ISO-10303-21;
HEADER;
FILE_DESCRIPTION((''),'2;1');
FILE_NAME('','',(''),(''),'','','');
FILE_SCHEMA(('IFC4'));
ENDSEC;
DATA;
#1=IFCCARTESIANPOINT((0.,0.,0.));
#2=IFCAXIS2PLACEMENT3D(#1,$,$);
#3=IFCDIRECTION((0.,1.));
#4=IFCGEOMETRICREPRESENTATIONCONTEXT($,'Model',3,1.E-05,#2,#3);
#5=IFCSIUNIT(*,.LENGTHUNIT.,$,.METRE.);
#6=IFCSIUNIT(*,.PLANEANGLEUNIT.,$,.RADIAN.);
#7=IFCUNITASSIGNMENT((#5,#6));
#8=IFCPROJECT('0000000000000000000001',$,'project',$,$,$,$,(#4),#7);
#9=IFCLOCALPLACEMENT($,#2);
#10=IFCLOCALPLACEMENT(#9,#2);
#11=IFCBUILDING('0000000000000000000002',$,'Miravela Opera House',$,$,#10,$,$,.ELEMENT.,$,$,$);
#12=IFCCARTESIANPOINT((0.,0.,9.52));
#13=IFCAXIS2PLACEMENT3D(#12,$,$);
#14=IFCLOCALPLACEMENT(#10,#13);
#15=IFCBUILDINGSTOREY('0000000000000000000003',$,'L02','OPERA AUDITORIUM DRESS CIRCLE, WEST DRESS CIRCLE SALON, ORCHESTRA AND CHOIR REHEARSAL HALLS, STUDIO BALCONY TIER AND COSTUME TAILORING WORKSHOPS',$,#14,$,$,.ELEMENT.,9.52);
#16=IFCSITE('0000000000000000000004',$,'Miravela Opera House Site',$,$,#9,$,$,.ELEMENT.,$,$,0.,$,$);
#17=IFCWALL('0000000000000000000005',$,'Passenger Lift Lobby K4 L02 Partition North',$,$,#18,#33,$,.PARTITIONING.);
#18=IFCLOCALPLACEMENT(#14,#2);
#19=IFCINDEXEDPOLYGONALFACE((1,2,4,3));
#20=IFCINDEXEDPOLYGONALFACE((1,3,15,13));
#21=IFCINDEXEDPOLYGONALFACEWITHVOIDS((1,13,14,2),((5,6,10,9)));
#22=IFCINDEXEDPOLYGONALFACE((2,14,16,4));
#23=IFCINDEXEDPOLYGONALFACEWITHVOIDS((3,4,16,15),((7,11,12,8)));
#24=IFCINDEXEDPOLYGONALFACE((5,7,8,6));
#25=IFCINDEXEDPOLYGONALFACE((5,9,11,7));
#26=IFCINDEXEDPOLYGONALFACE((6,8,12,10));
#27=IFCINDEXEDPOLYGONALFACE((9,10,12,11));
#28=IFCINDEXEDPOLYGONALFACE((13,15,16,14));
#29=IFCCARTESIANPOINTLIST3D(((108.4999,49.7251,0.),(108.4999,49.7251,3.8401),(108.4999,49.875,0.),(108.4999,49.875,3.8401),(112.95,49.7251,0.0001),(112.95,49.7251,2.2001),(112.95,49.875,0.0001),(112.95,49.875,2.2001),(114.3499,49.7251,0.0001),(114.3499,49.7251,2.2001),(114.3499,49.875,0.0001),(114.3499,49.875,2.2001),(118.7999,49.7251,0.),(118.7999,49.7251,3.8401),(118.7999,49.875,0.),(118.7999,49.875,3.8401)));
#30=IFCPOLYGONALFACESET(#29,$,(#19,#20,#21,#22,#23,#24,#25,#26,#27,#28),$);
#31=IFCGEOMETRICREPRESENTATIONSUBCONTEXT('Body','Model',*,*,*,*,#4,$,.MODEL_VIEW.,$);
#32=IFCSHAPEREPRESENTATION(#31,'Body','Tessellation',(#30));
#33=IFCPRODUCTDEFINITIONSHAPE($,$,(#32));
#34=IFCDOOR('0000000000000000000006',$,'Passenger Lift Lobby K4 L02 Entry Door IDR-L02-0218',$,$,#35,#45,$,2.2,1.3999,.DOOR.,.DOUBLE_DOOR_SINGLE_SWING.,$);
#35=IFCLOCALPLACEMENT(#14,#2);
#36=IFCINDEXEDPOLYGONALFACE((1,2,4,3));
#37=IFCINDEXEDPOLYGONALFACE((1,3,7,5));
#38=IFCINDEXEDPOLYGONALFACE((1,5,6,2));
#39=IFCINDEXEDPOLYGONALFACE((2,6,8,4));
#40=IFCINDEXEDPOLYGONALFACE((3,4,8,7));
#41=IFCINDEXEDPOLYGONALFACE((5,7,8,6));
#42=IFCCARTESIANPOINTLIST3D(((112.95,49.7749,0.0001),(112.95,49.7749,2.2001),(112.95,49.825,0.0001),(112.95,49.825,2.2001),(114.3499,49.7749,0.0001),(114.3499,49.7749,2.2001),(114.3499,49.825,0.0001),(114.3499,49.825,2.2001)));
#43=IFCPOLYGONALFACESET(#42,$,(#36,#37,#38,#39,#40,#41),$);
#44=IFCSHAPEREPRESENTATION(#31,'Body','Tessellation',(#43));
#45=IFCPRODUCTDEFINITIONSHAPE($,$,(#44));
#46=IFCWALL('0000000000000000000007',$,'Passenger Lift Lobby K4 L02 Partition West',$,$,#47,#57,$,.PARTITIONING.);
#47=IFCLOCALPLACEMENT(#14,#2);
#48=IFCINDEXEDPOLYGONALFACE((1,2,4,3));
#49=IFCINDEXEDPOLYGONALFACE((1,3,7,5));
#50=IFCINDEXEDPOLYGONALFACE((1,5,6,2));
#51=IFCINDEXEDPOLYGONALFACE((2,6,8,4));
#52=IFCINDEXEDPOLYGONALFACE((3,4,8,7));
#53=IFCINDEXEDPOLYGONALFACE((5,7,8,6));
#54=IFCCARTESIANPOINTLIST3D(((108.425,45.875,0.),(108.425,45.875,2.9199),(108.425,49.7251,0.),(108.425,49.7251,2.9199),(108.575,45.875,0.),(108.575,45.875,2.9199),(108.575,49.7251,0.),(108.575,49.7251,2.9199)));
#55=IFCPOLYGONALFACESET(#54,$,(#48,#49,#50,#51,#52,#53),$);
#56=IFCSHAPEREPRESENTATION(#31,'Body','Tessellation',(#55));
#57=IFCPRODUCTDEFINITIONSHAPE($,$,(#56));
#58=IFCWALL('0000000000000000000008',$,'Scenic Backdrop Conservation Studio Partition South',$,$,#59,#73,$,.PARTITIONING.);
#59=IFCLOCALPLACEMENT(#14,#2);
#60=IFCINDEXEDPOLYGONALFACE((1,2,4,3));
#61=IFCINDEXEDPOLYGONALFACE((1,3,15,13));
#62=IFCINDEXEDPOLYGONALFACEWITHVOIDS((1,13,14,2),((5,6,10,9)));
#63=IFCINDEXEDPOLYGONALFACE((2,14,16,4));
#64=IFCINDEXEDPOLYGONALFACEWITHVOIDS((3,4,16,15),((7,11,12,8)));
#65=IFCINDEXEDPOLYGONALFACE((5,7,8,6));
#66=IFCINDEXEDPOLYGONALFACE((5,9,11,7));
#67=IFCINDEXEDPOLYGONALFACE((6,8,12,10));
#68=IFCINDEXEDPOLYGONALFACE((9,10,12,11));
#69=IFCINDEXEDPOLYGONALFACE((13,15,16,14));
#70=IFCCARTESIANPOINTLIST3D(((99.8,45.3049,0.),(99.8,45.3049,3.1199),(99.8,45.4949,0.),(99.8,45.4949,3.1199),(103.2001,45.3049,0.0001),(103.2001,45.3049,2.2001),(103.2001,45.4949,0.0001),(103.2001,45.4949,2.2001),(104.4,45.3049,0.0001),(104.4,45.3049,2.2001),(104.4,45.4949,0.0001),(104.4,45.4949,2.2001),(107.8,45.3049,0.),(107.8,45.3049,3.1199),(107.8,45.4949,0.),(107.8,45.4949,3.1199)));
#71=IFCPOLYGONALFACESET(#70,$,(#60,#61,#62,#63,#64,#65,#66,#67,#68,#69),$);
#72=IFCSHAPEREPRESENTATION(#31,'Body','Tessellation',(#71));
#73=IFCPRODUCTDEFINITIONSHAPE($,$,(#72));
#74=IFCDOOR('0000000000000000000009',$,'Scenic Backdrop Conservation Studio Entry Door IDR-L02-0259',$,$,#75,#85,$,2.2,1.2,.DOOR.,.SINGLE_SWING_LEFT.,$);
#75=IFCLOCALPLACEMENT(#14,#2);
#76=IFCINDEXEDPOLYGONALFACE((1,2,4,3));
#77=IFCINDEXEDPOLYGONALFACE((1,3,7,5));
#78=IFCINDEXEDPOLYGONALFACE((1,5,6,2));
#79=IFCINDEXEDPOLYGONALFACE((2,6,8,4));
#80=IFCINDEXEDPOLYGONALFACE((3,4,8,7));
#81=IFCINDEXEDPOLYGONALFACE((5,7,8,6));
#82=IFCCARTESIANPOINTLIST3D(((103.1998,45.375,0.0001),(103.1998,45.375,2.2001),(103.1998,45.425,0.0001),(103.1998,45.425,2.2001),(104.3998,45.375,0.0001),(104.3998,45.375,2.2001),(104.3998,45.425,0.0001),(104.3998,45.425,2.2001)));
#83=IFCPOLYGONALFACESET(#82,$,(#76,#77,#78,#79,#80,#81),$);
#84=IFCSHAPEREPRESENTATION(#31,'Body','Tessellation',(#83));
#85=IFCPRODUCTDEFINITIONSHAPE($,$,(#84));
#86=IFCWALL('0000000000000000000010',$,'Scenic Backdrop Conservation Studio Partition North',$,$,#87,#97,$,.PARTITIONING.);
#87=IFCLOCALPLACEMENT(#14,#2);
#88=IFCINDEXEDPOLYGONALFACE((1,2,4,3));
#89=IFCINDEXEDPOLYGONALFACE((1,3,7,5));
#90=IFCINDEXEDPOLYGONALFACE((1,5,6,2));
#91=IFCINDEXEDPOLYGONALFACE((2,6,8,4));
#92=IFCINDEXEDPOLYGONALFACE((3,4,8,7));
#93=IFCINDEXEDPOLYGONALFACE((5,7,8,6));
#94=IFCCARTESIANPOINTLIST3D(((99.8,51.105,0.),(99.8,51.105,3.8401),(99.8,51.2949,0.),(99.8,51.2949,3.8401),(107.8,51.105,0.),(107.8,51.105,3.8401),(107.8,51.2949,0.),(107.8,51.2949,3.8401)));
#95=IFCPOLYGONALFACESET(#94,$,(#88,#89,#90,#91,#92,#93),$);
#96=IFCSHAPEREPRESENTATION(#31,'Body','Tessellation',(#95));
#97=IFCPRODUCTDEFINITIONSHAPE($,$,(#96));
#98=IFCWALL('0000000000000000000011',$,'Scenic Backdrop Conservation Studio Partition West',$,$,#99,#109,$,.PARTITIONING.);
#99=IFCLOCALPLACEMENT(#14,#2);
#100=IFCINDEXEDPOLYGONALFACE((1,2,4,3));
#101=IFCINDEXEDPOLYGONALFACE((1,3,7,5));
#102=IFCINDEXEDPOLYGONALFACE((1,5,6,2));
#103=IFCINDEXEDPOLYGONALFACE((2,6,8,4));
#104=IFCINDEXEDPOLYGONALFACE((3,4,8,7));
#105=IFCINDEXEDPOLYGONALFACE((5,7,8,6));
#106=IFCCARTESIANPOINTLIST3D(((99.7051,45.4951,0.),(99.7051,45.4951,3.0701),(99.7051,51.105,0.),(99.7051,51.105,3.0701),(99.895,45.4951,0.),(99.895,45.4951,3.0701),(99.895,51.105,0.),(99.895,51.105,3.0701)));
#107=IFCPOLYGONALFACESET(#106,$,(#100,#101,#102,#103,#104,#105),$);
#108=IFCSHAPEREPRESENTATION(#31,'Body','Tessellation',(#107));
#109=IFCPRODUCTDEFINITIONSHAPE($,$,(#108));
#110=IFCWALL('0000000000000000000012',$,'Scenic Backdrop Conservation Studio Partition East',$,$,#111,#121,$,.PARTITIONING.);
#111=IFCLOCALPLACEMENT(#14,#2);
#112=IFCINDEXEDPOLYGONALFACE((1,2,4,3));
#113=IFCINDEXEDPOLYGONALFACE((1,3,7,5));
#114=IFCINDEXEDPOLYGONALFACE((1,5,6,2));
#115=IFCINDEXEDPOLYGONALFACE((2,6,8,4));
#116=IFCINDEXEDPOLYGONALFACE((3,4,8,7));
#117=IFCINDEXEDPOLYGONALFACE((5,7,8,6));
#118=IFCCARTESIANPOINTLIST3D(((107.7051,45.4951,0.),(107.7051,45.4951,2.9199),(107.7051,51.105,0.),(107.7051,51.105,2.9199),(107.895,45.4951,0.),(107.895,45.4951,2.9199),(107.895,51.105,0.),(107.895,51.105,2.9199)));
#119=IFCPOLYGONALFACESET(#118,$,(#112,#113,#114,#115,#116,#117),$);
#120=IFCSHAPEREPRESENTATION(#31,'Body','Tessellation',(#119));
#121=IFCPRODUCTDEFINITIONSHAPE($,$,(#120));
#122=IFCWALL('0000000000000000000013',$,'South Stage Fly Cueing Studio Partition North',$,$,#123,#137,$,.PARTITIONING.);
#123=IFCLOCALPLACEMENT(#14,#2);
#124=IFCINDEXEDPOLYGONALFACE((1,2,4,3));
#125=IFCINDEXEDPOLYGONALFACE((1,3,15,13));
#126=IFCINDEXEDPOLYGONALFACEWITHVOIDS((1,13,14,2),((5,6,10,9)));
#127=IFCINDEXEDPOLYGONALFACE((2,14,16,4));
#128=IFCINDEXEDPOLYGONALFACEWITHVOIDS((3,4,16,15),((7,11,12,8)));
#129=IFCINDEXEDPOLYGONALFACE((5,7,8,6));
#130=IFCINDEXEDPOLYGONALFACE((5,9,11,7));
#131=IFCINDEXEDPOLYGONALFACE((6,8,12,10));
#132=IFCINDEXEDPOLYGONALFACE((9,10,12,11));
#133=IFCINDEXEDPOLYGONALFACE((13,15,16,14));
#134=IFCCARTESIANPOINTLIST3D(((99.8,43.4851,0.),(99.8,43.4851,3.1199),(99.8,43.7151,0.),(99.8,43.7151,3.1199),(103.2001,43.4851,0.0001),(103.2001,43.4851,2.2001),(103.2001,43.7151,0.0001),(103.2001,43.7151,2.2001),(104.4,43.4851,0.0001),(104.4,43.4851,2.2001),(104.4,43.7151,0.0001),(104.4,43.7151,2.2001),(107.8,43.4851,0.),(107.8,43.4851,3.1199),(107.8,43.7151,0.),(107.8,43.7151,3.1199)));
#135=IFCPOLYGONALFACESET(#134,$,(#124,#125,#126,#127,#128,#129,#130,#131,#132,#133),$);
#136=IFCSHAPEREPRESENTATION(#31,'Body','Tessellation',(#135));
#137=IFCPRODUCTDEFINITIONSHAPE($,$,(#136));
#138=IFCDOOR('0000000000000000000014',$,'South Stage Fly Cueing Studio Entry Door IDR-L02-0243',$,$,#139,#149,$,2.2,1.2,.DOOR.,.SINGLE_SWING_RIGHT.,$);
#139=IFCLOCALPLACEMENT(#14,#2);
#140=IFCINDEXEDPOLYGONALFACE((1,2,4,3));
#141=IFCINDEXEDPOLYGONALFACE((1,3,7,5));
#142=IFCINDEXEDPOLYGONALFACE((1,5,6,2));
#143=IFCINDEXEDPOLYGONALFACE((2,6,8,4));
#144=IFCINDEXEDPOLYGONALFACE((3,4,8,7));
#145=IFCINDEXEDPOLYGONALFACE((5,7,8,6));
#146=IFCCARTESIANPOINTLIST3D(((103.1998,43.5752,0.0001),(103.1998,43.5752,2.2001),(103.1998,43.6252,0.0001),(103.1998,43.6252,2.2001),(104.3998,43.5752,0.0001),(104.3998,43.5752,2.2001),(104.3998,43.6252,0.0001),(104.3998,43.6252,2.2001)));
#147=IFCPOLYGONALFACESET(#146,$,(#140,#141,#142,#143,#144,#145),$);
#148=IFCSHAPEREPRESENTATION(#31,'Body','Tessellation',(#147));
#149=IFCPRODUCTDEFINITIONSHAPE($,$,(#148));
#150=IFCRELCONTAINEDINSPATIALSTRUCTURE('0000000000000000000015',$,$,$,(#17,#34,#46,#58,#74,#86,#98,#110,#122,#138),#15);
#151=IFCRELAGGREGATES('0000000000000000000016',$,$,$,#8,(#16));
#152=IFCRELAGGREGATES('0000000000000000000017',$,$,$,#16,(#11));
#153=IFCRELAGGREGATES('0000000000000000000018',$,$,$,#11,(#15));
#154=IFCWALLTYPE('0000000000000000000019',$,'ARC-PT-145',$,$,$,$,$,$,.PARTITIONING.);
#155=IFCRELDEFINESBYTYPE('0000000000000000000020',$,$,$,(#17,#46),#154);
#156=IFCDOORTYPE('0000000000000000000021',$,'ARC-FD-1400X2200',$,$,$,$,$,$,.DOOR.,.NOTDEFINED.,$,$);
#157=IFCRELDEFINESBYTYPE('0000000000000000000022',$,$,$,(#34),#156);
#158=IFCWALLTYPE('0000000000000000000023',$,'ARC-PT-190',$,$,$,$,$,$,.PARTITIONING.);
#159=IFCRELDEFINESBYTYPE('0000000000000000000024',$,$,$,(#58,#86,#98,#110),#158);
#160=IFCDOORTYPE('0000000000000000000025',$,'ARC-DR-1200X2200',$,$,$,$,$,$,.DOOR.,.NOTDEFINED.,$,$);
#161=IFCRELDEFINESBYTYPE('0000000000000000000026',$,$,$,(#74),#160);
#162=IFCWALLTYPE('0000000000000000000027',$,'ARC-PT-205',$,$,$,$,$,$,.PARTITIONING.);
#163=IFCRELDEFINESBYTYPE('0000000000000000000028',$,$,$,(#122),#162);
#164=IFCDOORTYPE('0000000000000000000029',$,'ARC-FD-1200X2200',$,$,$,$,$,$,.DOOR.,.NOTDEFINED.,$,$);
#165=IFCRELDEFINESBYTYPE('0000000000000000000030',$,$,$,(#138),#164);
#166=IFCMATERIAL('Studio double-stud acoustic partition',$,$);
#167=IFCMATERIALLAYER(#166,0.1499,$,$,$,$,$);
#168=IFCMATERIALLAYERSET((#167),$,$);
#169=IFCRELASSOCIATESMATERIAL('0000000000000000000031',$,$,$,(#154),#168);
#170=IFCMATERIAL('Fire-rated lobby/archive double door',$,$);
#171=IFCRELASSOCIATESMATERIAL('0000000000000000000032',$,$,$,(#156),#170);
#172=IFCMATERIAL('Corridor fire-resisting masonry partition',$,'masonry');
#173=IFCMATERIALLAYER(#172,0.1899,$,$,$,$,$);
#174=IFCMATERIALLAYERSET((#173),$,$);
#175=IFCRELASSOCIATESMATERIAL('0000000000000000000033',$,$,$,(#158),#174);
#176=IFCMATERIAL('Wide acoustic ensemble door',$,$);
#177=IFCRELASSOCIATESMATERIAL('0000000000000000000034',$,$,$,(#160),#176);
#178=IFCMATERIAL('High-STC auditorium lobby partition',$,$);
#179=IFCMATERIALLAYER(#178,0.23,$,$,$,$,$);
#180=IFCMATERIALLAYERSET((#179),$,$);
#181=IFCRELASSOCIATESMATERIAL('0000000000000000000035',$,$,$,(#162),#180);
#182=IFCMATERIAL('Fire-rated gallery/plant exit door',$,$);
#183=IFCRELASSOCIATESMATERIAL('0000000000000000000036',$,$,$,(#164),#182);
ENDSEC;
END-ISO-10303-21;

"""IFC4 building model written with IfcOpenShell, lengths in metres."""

from ifc_helpers import new_model, si_unit, direction, frame, frame_2d, origin, place, context, subcontext, project, spatial, rectangle, extrude, material, layer, layer_set, type_object, element, fill, save


model = new_model("IFC4")

# Units and contexts
model_context = context("Model", 3, precision=1e-05, world=origin(), true_north=direction((0.0, 1.0)))
body_context = subcontext(model_context, "Body", "Model", "MODEL_VIEW")
ifc_project = project(units=[si_unit("LENGTHUNIT", "METRE"), si_unit("PLANEANGLEUNIT", "RADIAN")], contexts=[model_context])

# Site, building, storey
site_placement = place(None, origin())
site = spatial("IfcSite", under=ifc_project, at=site_placement, Name="Miravela Opera House Site", CompositionType="ELEMENT", RefElevation=0.0)
building_placement = place(site_placement, origin())
building = spatial("IfcBuilding", under=site, at=building_placement, Name="Miravela Opera House", CompositionType="ELEMENT")
storey_placement = place(building_placement, frame((0.0, 0.0, 9.52)))
storey = spatial("IfcBuildingStorey", under=building, at=storey_placement, Name="L02", Description="OPERA AUDITORIUM DRESS CIRCLE, WEST DRESS CIRCLE SALON, ORCHESTRA AND CHOIR REHEARSAL HALLS, STUDIO BALCONY TIER AND COSTUME TAILORING WORKSHOPS", CompositionType="ELEMENT", Elevation=9.52)

# Wall, opening, door
ifc_material_1 = material(Name="Studio double-stud acoustic partition")
ifc_layer_1 = layer(ifc_material_1, 0.1499)
ifc_layer_set_1 = layer_set([ifc_layer_1])
wall_type_1 = type_object("IfcWallType", Name="ARC-PT-145", PredefinedType="PARTITIONING", material=ifc_layer_set_1)
wall_1_placement = place(storey_placement, frame((108.5, 49.8, 0.0), z_axis=(0.0, 0.0, 1.0), x_axis=(1.0, 0.0, 0.0)))
wall_1 = element("IfcWall", 1, at=wall_1_placement, inside=storey, type_object=wall_type_1, Name="Passenger Lift Lobby K4 L02 Partition North", PredefinedType="PARTITIONING", context=body_context, shape_type="SweptSolid", body=[
    extrude(rectangle(XDim=10.3, YDim=0.1499, at=frame_2d((5.1499, 0.0))), origin(), (0.0, 0.0, 1.0), 3.8401),
])
opening_1_placement = place(wall_1_placement, frame((4.45, 0.0, 0.0)))
opening_1 = element("IfcOpeningElement", 2, at=opening_1_placement, cuts=wall_1, PredefinedType="OPENING", context=body_context, shape_type="SweptSolid", body=[
    extrude(rectangle(XDim=1.3999, YDim=2.2, at=frame_2d((0.7, 1.1001))), frame((0.0, 0.085, 0.0), z_axis=(0.0, -1.0, 0.0), x_axis=(1.0, 0.0, 0.0)), (0.0, 0.0, 1.0), 0.1699),
])
ifc_material_2 = material(Name="Fire-rated lobby/archive double door")
door_type_1 = type_object("IfcDoorType", Name="ARC-FD-1400X2200", OperationType="NOTDEFINED", PredefinedType="DOOR", material=ifc_material_2)
door_1_placement = place(opening_1_placement, origin())
door_1 = element("IfcDoor", 3, at=door_1_placement, inside=storey, type_object=door_type_1, Name="Passenger Lift Lobby K4 L02 Entry Door IDR-L02-0218", OperationType="DOUBLE_DOOR_SINGLE_SWING", OverallHeight=2.2, OverallWidth=1.3999, PredefinedType="DOOR", context=body_context, shape_type="SweptSolid", body=[
    extrude(rectangle(XDim=1.3999, YDim=2.2, at=frame_2d((0.7, 1.1001))), frame((0.0, 0.0249, 0.0), z_axis=(0.0, -1.0, 0.0), x_axis=(1.0, 0.0, 0.0)), (0.0, 0.0, 1.0), 0.05),
])
fill(opening_1, door_1)

# Wall
wall_2_placement = place(storey_placement, frame((108.5, 45.875, 0.0), z_axis=(0.0, 0.0, 1.0), x_axis=(0.0, 1.0, 0.0)))
element("IfcWall", 4, at=wall_2_placement, inside=storey, type_object=wall_type_1, Name="Passenger Lift Lobby K4 L02 Partition West", PredefinedType="PARTITIONING", context=body_context, shape_type="SweptSolid", body=[
    extrude(rectangle(XDim=3.8501, YDim=0.1499, at=frame_2d((1.925, 0.0))), origin(), (0.0, 0.0, 1.0), 2.9199),
])

# Wall, opening, door
ifc_material_3 = material(Name="Corridor fire-resisting masonry partition", Category="masonry")
ifc_layer_2 = layer(ifc_material_3, 0.1899)
ifc_layer_set_2 = layer_set([ifc_layer_2])
wall_type_2 = type_object("IfcWallType", Name="ARC-PT-190", PredefinedType="PARTITIONING", material=ifc_layer_set_2)
wall_3_placement = place(storey_placement, frame((99.8, 45.3999, 0.0), z_axis=(0.0, 0.0, 1.0), x_axis=(1.0, 0.0, 0.0)))
wall_3 = element("IfcWall", 5, at=wall_3_placement, inside=storey, type_object=wall_type_2, Name="Scenic Backdrop Conservation Studio Partition South", PredefinedType="PARTITIONING", context=body_context, shape_type="SweptSolid", body=[
    extrude(rectangle(XDim=8.0, YDim=0.1899, at=frame_2d((4.0, 0.0))), origin(), (0.0, 0.0, 1.0), 3.1199),
])
opening_2_placement = place(wall_3_placement, frame((3.3999, 0.0, 0.0)))
opening_2 = element("IfcOpeningElement", 6, at=opening_2_placement, cuts=wall_3, PredefinedType="OPENING", context=body_context, shape_type="SweptSolid", body=[
    extrude(rectangle(XDim=1.2, YDim=2.2, at=frame_2d((0.6001, 1.1001))), frame((0.0, 0.105, 0.0), z_axis=(0.0, -1.0, 0.0), x_axis=(1.0, 0.0, 0.0)), (0.0, 0.0, 1.0), 0.21),
])
ifc_material_4 = material(Name="Wide acoustic ensemble door")
door_type_2 = type_object("IfcDoorType", Name="ARC-DR-1200X2200", OperationType="NOTDEFINED", PredefinedType="DOOR", material=ifc_material_4)
door_2_placement = place(opening_2_placement, frame((1.2, 0.0, 0.0), z_axis=(0.0, 0.0, 1.0), x_axis=(-1.0, 0.0, 0.0)))
door_2 = element("IfcDoor", 7, at=door_2_placement, inside=storey, type_object=door_type_2, Name="Scenic Backdrop Conservation Studio Entry Door IDR-L02-0259", OperationType="SINGLE_SWING_LEFT", OverallHeight=2.2, OverallWidth=1.2, PredefinedType="DOOR", context=body_context, shape_type="SweptSolid", body=[
    extrude(rectangle(XDim=1.2, YDim=2.2, at=frame_2d((0.6001, 1.1001))), frame((0.0, 0.0249, 0.0), z_axis=(0.0, -1.0, 0.0), x_axis=(1.0, 0.0, 0.0)), (0.0, 0.0, 1.0), 0.05),
])
fill(opening_2, door_2)

# Walls
wall_4_placement = place(storey_placement, frame((99.8, 51.2, 0.0), z_axis=(0.0, 0.0, 1.0), x_axis=(1.0, 0.0, 0.0)))
element("IfcWall", 8, at=wall_4_placement, inside=storey, type_object=wall_type_2, Name="Scenic Backdrop Conservation Studio Partition North", PredefinedType="PARTITIONING", context=body_context, shape_type="SweptSolid", body=[
    extrude(rectangle(XDim=8.0, YDim=0.1899, at=frame_2d((4.0, 0.0))), origin(), (0.0, 0.0, 1.0), 3.8401),
])
wall_5_placement = place(storey_placement, frame((99.8, 45.4951, 0.0), z_axis=(0.0, 0.0, 1.0), x_axis=(0.0, 1.0, 0.0)))
element("IfcWall", 9, at=wall_5_placement, inside=storey, type_object=wall_type_2, Name="Scenic Backdrop Conservation Studio Partition West", PredefinedType="PARTITIONING", context=body_context, shape_type="SweptSolid", body=[
    extrude(rectangle(XDim=5.6099, YDim=0.1899, at=frame_2d((2.8049, 0.0))), origin(), (0.0, 0.0, 1.0), 3.0701),
])
wall_6_placement = place(storey_placement, frame((107.8, 45.4951, 0.0), z_axis=(0.0, 0.0, 1.0), x_axis=(0.0, 1.0, 0.0)))
element("IfcWall", 10, at=wall_6_placement, inside=storey, type_object=wall_type_2, Name="Scenic Backdrop Conservation Studio Partition East", PredefinedType="PARTITIONING", context=body_context, shape_type="SweptSolid", body=[
    extrude(rectangle(XDim=5.6099, YDim=0.1899, at=frame_2d((2.8049, 0.0))), origin(), (0.0, 0.0, 1.0), 2.9199),
])

# Wall, opening, door
ifc_material_5 = material(Name="High-STC auditorium lobby partition")
ifc_layer_3 = layer(ifc_material_5, 0.23)
ifc_layer_set_3 = layer_set([ifc_layer_3])
wall_type_3 = type_object("IfcWallType", Name="ARC-PT-205", PredefinedType="PARTITIONING", material=ifc_layer_set_3)
wall_7_placement = place(storey_placement, frame((99.8, 43.6001, 0.0), z_axis=(0.0, 0.0, 1.0), x_axis=(1.0, 0.0, 0.0)))
wall_7 = element("IfcWall", 11, at=wall_7_placement, inside=storey, type_object=wall_type_3, Name="South Stage Fly Cueing Studio Partition North", PredefinedType="PARTITIONING", context=body_context, shape_type="SweptSolid", body=[
    extrude(rectangle(XDim=8.0, YDim=0.23, at=frame_2d((4.0, 0.0))), origin(), (0.0, 0.0, 1.0), 3.1199),
])
opening_3_placement = place(wall_7_placement, frame((3.3999, 0.0, 0.0)))
opening_3 = element("IfcOpeningElement", 12, at=opening_3_placement, cuts=wall_7, PredefinedType="OPENING", context=body_context, shape_type="SweptSolid", body=[
    extrude(rectangle(XDim=1.2, YDim=2.2, at=frame_2d((0.6001, 1.1001))), frame((0.0, 0.125, 0.0), z_axis=(0.0, -1.0, 0.0), x_axis=(1.0, 0.0, 0.0)), (0.0, 0.0, 1.0), 0.25),
])
ifc_material_6 = material(Name="Fire-rated gallery/plant exit door")
door_type_3 = type_object("IfcDoorType", Name="ARC-FD-1200X2200", OperationType="NOTDEFINED", PredefinedType="DOOR", material=ifc_material_6)
door_3_placement = place(opening_3_placement, frame((1.2, 0.0, 0.0), z_axis=(0.0, 0.0, 1.0), x_axis=(-1.0, 0.0, 0.0)))
door_3 = element("IfcDoor", 13, at=door_3_placement, inside=storey, type_object=door_type_3, Name="South Stage Fly Cueing Studio Entry Door IDR-L02-0243", OperationType="SINGLE_SWING_RIGHT", OverallHeight=2.2, OverallWidth=1.2, PredefinedType="DOOR", context=body_context, shape_type="SweptSolid", body=[
    extrude(rectangle(XDim=1.2, YDim=2.2, at=frame_2d((0.6001, 1.1001))), frame((0.0, 0.0249, 0.0), z_axis=(0.0, -1.0, 0.0), x_axis=(1.0, 0.0, 0.0)), (0.0, 0.0, 1.0), 0.05),
])
fill(opening_3, door_3)

save(model, "model.ifc")
